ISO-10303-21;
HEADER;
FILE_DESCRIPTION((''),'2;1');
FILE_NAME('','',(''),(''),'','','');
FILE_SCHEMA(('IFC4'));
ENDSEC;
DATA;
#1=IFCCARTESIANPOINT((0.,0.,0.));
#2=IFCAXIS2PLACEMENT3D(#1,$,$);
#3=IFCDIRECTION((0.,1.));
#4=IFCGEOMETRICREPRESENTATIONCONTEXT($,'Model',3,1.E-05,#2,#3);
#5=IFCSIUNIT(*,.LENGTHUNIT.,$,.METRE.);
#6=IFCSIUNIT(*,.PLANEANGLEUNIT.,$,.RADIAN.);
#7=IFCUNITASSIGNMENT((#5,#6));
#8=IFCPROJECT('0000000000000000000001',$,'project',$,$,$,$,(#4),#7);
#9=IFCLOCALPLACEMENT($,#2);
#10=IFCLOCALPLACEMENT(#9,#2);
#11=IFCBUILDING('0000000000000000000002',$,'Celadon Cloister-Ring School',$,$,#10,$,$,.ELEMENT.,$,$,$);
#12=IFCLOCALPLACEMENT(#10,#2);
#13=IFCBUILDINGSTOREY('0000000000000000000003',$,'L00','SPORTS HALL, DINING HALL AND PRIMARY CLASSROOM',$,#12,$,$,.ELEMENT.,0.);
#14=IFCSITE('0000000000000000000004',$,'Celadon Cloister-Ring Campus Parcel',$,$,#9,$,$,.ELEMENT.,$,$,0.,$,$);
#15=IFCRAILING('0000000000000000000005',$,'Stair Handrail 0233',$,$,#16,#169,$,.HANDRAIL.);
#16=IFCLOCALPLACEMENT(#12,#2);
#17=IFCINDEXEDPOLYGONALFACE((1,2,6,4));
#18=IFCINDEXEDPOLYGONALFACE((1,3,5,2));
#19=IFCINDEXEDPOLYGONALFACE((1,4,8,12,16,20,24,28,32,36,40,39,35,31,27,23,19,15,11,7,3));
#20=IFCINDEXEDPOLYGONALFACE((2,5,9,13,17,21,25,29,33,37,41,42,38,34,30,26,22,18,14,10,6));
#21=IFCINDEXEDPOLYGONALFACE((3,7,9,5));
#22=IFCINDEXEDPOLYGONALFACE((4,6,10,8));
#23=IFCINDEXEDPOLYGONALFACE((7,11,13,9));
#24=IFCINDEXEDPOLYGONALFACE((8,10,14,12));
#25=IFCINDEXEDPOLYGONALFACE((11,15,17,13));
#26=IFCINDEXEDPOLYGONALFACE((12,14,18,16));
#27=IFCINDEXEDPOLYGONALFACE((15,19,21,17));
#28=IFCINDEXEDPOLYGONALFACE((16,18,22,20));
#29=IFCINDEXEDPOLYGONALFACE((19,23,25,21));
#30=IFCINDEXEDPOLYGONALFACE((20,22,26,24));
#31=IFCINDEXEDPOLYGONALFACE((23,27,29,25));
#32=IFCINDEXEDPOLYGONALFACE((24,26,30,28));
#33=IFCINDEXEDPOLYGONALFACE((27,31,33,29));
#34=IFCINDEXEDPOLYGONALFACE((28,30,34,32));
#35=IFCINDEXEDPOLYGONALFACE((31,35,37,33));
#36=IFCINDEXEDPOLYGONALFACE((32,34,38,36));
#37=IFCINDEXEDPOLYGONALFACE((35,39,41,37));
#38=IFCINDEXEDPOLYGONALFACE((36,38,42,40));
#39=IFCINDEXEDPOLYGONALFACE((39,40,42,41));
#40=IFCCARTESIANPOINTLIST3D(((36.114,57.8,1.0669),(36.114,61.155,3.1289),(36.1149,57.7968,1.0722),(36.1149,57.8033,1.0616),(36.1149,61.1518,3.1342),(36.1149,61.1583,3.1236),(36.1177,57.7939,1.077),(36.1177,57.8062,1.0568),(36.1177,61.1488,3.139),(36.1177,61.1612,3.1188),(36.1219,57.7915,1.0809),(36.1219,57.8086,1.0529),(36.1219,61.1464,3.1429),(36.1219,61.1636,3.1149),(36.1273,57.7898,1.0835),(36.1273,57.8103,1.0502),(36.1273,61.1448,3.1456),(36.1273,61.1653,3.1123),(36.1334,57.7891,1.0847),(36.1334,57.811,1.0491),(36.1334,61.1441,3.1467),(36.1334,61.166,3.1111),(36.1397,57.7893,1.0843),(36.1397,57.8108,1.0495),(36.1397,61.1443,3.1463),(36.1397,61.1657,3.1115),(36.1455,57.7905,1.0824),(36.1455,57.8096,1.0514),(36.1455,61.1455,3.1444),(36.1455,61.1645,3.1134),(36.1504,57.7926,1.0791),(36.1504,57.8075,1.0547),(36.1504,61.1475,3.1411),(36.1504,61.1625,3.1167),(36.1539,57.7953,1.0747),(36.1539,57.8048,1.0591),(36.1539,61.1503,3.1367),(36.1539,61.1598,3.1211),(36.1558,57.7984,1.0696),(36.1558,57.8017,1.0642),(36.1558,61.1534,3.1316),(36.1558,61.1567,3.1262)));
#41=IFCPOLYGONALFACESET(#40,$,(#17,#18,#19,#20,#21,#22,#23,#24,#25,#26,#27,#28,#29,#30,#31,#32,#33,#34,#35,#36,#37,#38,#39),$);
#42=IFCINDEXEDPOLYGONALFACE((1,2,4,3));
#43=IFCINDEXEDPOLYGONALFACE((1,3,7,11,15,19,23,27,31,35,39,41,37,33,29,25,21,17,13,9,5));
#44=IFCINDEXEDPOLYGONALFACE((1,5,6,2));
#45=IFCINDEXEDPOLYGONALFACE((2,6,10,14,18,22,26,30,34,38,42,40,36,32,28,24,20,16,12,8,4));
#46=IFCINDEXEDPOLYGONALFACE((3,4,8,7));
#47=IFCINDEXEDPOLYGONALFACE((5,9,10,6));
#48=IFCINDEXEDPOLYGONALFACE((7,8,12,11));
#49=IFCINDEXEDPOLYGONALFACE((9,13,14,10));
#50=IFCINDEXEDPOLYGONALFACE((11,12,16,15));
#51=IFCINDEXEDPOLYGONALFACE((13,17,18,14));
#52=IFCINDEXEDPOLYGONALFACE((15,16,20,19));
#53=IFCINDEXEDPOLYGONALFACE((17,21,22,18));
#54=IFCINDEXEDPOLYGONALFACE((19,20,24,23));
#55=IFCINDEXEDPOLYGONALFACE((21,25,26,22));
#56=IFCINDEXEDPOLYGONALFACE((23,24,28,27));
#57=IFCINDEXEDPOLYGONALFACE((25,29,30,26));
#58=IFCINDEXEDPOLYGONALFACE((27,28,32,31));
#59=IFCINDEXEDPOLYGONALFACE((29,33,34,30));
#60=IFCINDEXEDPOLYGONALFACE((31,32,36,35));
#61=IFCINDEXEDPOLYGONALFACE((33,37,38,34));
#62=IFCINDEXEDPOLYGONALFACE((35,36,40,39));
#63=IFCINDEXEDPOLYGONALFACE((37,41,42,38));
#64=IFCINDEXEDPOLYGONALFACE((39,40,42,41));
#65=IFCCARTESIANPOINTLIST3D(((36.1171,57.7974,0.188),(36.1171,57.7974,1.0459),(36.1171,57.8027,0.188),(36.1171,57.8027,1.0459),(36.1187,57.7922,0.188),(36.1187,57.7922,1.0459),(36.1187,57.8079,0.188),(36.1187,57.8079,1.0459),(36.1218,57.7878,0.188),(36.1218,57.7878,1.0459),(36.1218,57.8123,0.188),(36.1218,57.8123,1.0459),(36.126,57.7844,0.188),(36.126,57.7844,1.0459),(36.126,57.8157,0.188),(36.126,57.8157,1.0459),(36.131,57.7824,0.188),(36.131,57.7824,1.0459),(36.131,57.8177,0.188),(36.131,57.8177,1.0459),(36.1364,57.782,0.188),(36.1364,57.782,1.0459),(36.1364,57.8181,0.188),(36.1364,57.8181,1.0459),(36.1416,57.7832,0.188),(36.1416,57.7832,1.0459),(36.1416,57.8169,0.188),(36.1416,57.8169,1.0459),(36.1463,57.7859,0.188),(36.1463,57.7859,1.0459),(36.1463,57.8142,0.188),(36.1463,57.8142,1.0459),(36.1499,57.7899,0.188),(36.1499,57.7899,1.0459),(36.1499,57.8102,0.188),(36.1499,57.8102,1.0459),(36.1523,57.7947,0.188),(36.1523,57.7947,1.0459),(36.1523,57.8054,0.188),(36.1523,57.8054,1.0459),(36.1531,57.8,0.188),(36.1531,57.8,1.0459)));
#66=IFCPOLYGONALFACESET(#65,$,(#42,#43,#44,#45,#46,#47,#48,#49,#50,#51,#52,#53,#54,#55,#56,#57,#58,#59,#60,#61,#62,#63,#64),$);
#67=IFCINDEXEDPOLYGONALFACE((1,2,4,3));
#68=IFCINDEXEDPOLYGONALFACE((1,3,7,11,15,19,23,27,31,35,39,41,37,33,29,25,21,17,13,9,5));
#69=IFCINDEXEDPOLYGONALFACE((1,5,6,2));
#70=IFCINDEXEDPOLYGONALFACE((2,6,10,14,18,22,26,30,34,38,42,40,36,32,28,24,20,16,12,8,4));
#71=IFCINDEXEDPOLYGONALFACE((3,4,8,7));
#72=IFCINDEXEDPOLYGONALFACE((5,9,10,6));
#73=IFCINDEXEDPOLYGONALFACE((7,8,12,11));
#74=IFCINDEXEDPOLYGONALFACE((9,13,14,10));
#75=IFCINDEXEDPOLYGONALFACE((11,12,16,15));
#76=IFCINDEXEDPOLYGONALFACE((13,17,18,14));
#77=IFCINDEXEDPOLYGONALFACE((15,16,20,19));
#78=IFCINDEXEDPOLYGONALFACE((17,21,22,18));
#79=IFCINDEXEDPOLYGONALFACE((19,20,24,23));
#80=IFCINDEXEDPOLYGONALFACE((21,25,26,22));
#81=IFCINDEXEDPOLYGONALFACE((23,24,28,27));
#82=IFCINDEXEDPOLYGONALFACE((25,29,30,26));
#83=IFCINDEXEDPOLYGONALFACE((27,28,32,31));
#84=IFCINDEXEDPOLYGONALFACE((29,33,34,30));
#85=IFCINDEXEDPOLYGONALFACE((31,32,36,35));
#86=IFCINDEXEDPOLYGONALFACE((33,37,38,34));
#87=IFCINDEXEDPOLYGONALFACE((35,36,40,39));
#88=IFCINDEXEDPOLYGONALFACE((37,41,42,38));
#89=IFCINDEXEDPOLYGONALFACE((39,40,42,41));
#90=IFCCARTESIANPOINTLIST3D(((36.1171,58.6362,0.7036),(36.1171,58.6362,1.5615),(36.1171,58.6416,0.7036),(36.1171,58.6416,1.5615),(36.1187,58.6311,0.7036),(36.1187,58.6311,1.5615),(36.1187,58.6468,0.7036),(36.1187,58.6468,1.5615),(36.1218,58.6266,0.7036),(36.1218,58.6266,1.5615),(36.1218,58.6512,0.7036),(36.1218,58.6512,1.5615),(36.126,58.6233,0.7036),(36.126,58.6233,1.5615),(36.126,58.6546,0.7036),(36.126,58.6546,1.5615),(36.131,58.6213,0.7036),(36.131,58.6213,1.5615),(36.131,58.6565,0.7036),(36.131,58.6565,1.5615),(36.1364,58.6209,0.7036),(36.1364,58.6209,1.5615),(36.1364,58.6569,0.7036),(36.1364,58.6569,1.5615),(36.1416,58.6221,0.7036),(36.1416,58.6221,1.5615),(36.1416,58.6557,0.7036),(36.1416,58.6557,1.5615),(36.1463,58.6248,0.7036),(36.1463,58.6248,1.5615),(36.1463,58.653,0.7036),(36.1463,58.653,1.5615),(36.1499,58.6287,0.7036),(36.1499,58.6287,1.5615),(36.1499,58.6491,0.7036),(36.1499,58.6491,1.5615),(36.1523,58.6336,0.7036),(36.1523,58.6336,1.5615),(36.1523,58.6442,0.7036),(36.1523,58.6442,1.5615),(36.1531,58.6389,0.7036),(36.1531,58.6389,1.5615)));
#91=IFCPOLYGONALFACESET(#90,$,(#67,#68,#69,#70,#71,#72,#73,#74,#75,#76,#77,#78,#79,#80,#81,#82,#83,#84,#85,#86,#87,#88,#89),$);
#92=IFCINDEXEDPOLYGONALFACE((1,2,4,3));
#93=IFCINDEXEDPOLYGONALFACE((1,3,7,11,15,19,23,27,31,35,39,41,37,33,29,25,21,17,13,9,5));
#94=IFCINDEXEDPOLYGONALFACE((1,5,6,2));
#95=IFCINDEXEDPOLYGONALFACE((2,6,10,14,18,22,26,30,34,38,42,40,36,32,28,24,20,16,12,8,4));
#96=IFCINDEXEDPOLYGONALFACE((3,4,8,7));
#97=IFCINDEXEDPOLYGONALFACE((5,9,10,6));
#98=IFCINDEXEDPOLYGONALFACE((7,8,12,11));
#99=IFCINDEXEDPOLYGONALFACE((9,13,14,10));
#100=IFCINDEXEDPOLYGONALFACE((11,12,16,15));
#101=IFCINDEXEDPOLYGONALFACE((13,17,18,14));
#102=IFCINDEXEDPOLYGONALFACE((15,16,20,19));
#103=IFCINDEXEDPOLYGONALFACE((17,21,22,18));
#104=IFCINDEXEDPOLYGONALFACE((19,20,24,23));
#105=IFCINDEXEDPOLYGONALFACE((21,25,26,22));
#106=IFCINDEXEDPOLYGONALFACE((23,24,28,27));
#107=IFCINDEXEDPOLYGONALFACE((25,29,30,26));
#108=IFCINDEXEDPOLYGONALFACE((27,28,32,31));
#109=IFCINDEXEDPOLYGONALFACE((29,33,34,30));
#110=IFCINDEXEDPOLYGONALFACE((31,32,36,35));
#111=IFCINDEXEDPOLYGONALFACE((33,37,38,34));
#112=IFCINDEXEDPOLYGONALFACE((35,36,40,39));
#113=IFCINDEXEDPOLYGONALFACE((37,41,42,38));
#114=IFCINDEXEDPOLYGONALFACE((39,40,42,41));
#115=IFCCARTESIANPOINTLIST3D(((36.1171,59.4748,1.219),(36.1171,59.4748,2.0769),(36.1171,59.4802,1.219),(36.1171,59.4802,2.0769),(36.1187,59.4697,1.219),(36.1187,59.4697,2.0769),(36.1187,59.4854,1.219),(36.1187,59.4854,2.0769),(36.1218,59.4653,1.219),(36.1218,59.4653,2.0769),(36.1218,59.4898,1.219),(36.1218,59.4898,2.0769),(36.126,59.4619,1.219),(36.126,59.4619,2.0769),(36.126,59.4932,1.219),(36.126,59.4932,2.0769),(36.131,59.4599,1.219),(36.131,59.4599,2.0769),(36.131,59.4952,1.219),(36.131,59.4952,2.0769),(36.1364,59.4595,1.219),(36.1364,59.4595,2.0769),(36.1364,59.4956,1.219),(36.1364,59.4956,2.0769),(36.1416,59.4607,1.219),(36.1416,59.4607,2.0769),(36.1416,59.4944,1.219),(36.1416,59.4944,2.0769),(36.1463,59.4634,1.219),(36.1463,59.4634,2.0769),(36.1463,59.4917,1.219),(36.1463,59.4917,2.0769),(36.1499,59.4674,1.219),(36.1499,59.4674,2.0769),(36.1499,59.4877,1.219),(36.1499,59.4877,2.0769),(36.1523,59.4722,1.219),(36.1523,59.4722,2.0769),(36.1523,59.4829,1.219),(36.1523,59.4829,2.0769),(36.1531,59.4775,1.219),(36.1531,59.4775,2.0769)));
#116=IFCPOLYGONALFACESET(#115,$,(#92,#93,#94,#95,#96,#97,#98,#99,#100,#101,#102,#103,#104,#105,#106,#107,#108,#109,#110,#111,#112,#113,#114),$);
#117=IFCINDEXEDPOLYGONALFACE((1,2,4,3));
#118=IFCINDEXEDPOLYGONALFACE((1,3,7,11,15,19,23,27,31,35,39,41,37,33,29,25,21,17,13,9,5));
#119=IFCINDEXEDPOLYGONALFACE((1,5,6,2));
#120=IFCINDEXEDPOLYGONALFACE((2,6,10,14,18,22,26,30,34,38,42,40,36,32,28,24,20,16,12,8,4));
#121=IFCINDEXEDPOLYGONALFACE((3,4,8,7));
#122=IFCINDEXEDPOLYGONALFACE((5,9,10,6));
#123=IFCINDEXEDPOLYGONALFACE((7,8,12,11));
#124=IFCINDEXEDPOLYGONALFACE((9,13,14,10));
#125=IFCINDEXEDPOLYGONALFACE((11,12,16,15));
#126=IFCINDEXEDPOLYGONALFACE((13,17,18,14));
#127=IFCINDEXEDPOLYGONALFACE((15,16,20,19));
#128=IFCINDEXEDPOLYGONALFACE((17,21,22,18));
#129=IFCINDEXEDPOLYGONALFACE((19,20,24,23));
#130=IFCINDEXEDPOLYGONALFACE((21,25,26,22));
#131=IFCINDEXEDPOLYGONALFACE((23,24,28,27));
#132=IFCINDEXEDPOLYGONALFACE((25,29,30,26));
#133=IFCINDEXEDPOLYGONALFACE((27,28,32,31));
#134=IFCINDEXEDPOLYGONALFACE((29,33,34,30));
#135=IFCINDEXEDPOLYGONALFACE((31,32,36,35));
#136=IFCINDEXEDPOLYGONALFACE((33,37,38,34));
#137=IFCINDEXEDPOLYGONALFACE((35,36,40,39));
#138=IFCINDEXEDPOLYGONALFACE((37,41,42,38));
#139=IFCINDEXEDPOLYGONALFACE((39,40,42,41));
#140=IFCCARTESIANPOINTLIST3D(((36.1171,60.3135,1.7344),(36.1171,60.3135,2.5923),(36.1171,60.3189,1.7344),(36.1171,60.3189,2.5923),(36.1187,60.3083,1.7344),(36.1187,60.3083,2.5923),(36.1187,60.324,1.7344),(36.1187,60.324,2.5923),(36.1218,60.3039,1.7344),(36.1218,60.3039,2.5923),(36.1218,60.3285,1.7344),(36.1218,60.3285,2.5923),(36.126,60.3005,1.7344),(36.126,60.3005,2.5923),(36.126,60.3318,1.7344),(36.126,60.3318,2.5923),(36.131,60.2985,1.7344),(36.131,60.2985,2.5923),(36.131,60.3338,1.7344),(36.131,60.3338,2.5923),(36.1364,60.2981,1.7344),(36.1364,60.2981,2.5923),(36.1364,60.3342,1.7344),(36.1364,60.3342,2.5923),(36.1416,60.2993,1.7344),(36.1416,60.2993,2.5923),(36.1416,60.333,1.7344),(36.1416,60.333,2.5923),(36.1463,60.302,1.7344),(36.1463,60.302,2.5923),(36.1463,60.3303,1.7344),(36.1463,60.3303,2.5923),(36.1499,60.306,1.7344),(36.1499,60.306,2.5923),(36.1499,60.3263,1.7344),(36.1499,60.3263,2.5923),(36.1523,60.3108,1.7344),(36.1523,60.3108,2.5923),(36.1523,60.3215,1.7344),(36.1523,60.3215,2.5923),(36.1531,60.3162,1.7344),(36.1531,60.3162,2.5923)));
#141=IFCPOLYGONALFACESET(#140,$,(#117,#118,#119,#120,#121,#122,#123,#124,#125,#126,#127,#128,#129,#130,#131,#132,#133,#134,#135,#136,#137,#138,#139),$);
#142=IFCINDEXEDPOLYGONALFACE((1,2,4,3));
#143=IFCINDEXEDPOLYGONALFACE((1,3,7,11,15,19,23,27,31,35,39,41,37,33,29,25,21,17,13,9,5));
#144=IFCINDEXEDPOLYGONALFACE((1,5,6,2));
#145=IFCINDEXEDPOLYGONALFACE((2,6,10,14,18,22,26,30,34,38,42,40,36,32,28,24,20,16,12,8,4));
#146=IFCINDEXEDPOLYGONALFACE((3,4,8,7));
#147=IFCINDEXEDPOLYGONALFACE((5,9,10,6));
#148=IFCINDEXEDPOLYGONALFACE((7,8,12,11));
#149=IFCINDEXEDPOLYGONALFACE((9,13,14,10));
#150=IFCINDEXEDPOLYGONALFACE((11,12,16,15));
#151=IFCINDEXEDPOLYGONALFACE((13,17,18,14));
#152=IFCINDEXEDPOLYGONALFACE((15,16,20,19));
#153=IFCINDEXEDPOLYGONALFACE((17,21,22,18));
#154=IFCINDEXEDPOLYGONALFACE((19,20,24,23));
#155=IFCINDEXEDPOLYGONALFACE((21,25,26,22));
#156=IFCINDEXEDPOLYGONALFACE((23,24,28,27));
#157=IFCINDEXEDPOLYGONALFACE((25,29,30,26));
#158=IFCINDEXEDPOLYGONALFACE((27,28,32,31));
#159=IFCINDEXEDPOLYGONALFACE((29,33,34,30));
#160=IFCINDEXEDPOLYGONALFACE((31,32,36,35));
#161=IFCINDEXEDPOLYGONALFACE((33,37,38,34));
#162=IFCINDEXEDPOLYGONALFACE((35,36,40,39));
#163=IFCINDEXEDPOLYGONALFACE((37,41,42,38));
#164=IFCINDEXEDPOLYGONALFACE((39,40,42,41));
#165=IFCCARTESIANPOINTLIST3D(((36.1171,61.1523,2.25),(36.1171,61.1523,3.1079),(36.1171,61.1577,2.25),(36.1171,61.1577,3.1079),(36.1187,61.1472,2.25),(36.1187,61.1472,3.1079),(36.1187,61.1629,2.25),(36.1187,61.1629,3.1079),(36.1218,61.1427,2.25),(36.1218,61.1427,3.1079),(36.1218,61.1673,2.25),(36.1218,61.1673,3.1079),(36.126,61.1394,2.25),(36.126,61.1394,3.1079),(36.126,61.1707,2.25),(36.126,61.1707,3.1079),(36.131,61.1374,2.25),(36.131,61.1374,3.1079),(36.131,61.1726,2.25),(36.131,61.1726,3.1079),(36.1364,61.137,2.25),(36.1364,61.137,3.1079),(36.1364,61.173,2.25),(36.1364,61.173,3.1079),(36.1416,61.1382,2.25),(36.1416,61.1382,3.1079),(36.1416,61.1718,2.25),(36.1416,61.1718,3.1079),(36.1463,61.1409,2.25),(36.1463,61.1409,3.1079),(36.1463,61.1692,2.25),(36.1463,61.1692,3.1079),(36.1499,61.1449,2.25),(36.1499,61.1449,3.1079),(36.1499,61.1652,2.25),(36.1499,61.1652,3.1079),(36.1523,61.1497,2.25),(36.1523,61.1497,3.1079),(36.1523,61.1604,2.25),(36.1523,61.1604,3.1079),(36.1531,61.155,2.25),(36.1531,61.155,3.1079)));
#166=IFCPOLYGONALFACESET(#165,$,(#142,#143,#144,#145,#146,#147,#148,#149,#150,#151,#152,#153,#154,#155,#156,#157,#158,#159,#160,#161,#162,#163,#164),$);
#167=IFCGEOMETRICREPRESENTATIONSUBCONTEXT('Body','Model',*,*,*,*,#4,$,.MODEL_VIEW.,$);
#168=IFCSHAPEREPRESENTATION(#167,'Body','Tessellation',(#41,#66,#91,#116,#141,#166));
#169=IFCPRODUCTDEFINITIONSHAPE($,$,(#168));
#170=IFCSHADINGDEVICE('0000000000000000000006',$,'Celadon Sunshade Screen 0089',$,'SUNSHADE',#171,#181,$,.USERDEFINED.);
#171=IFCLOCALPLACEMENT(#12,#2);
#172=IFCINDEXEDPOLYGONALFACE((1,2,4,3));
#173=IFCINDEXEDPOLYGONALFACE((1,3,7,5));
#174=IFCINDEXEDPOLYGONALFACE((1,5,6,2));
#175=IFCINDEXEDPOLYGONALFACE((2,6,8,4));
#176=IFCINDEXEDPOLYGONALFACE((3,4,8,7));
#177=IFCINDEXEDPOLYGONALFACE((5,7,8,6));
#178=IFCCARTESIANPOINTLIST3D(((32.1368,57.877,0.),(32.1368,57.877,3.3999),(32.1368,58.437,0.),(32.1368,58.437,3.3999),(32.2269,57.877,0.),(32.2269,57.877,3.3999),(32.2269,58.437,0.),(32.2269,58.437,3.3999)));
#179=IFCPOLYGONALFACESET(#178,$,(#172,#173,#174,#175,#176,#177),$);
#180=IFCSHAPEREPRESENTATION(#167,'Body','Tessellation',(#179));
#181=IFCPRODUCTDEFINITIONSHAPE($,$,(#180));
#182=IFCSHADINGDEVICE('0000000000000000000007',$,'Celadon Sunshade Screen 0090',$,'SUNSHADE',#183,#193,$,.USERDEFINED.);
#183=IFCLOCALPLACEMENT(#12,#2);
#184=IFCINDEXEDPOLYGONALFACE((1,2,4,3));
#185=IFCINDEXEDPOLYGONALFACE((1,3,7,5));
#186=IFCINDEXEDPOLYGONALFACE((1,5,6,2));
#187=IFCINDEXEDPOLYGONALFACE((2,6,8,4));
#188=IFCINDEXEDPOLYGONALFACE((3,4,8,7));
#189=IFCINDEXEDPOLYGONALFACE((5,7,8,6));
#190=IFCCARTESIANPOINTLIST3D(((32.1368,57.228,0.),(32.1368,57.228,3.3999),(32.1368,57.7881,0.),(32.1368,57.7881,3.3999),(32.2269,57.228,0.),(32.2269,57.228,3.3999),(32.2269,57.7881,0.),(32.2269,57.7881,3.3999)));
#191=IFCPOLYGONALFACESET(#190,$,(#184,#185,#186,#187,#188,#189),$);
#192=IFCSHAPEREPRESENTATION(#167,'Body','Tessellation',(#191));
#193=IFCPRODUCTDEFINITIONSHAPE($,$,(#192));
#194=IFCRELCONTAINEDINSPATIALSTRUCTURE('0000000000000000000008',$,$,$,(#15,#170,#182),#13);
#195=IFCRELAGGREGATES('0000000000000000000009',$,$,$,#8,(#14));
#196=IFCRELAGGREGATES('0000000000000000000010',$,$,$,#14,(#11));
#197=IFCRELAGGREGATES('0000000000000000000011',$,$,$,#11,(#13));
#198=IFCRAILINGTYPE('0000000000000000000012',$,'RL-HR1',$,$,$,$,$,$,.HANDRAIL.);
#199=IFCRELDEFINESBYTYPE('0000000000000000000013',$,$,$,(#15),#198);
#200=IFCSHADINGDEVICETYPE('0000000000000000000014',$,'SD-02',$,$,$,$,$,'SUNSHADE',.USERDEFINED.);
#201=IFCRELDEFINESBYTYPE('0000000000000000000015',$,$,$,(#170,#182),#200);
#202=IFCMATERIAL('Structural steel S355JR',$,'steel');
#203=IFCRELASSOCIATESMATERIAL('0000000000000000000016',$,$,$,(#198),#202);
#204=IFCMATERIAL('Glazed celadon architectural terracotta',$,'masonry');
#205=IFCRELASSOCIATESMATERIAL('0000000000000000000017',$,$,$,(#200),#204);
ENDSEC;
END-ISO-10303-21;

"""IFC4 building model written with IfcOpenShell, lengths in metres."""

from ifc_helpers import new_model, si_unit, direction, frame, origin, origin_2d, place, context, subcontext, project, spatial, rectangle, circle, extrude, material, type_object, element, save


model = new_model("IFC4")

# Units and contexts
model_context = context("Model", 3, precision=1e-05, world=origin(), true_north=direction((0.0, 1.0)))
body_context = subcontext(model_context, "Body", "Model", "MODEL_VIEW")
ifc_project = project(units=[si_unit("LENGTHUNIT", "METRE"), si_unit("PLANEANGLEUNIT", "RADIAN")], contexts=[model_context])

# Site, building, storey
site_placement = place(None, origin())
site = spatial("IfcSite", under=ifc_project, at=site_placement, Name="Celadon Cloister-Ring Campus Parcel", CompositionType="ELEMENT", RefElevation=0.0)
building_placement = place(site_placement, origin())
building = spatial("IfcBuilding", under=site, at=building_placement, Name="Celadon Cloister-Ring School", CompositionType="ELEMENT")
storey_placement = place(building_placement, origin())
storey = spatial("IfcBuildingStorey", under=building, at=storey_placement, Name="L00", Description="SPORTS HALL, DINING HALL AND PRIMARY CLASSROOM", CompositionType="ELEMENT", Elevation=0.0)

# Railing
ifc_material_1 = material(Name="Structural steel S355JR", Category="steel")
railing_type = type_object("IfcRailingType", Name="RL-HR1", PredefinedType="HANDRAIL", material=ifc_material_1)
for number, where, name in (
    (1, (36.135, 57.8, 0.188), "Stair Handrail 0233"),
):
    element("IfcRailing", number, at=place(storey_placement, frame(where)), inside=storey, type_object=railing_type, Name=name, PredefinedType="HANDRAIL", context=body_context, shape_type="SweptSolid", body=[
        extrude(circle(Radius=0.021, at=origin_2d()), frame((0.0, 0.0, 0.8789), z_axis=(0.0, 0.851952, 0.52362), x_axis=(-1.0, 0.0, 0.0)), (0.0, 0.0, 1.0), 3.938),
        extrude(circle(Radius=0.0181, at=origin_2d()), origin(), (0.0, 0.0, 1.0), 0.8579),
        extrude(circle(Radius=0.0181, at=origin_2d()), frame((0.0, 0.8389, 0.5156)), (0.0, 0.0, 1.0), 0.8579),
        extrude(circle(Radius=0.0181, at=origin_2d()), frame((0.0, 1.6775, 1.031)), (0.0, 0.0, 1.0), 0.8579),
        extrude(circle(Radius=0.0181, at=origin_2d()), frame((0.0, 2.5161, 1.5464)), (0.0, 0.0, 1.0), 0.8579),
        extrude(circle(Radius=0.0181, at=origin_2d()), frame((0.0, 3.355, 2.062)), (0.0, 0.0, 1.0), 0.8579),
    ])

# Shading devices
ifc_material_2 = material(Name="Glazed celadon architectural terracotta", Category="masonry")
shading_device_type = type_object("IfcShadingDeviceType", Name="SD-02", ElementType="SUNSHADE", PredefinedType="USERDEFINED", material=ifc_material_2)
for number, where, z_axis, x_axis, name in (
    (2, (32.1819, 58.157, 0.0), (0.0, 0.0, 1.0), (0.0, -1.0, 0.0), "Celadon Sunshade Screen 0089"),
    (3, (32.1819, 57.5081, 0.0), (0.0, 0.0, 1.0), (0.0, -1.0, 0.0), "Celadon Sunshade Screen 0090"),
):
    element("IfcShadingDevice", number, at=place(storey_placement, frame(where, z_axis=z_axis, x_axis=x_axis)), inside=storey, type_object=shading_device_type, Name=name, ObjectType="SUNSHADE", PredefinedType="USERDEFINED", context=body_context, shape_type="SweptSolid", body=[
        extrude(rectangle(XDim=0.5601, YDim=0.0901, at=origin_2d()), origin(), (0.0, 0.0, 1.0), 3.3999),
    ])

save(model, "model.ifc")
